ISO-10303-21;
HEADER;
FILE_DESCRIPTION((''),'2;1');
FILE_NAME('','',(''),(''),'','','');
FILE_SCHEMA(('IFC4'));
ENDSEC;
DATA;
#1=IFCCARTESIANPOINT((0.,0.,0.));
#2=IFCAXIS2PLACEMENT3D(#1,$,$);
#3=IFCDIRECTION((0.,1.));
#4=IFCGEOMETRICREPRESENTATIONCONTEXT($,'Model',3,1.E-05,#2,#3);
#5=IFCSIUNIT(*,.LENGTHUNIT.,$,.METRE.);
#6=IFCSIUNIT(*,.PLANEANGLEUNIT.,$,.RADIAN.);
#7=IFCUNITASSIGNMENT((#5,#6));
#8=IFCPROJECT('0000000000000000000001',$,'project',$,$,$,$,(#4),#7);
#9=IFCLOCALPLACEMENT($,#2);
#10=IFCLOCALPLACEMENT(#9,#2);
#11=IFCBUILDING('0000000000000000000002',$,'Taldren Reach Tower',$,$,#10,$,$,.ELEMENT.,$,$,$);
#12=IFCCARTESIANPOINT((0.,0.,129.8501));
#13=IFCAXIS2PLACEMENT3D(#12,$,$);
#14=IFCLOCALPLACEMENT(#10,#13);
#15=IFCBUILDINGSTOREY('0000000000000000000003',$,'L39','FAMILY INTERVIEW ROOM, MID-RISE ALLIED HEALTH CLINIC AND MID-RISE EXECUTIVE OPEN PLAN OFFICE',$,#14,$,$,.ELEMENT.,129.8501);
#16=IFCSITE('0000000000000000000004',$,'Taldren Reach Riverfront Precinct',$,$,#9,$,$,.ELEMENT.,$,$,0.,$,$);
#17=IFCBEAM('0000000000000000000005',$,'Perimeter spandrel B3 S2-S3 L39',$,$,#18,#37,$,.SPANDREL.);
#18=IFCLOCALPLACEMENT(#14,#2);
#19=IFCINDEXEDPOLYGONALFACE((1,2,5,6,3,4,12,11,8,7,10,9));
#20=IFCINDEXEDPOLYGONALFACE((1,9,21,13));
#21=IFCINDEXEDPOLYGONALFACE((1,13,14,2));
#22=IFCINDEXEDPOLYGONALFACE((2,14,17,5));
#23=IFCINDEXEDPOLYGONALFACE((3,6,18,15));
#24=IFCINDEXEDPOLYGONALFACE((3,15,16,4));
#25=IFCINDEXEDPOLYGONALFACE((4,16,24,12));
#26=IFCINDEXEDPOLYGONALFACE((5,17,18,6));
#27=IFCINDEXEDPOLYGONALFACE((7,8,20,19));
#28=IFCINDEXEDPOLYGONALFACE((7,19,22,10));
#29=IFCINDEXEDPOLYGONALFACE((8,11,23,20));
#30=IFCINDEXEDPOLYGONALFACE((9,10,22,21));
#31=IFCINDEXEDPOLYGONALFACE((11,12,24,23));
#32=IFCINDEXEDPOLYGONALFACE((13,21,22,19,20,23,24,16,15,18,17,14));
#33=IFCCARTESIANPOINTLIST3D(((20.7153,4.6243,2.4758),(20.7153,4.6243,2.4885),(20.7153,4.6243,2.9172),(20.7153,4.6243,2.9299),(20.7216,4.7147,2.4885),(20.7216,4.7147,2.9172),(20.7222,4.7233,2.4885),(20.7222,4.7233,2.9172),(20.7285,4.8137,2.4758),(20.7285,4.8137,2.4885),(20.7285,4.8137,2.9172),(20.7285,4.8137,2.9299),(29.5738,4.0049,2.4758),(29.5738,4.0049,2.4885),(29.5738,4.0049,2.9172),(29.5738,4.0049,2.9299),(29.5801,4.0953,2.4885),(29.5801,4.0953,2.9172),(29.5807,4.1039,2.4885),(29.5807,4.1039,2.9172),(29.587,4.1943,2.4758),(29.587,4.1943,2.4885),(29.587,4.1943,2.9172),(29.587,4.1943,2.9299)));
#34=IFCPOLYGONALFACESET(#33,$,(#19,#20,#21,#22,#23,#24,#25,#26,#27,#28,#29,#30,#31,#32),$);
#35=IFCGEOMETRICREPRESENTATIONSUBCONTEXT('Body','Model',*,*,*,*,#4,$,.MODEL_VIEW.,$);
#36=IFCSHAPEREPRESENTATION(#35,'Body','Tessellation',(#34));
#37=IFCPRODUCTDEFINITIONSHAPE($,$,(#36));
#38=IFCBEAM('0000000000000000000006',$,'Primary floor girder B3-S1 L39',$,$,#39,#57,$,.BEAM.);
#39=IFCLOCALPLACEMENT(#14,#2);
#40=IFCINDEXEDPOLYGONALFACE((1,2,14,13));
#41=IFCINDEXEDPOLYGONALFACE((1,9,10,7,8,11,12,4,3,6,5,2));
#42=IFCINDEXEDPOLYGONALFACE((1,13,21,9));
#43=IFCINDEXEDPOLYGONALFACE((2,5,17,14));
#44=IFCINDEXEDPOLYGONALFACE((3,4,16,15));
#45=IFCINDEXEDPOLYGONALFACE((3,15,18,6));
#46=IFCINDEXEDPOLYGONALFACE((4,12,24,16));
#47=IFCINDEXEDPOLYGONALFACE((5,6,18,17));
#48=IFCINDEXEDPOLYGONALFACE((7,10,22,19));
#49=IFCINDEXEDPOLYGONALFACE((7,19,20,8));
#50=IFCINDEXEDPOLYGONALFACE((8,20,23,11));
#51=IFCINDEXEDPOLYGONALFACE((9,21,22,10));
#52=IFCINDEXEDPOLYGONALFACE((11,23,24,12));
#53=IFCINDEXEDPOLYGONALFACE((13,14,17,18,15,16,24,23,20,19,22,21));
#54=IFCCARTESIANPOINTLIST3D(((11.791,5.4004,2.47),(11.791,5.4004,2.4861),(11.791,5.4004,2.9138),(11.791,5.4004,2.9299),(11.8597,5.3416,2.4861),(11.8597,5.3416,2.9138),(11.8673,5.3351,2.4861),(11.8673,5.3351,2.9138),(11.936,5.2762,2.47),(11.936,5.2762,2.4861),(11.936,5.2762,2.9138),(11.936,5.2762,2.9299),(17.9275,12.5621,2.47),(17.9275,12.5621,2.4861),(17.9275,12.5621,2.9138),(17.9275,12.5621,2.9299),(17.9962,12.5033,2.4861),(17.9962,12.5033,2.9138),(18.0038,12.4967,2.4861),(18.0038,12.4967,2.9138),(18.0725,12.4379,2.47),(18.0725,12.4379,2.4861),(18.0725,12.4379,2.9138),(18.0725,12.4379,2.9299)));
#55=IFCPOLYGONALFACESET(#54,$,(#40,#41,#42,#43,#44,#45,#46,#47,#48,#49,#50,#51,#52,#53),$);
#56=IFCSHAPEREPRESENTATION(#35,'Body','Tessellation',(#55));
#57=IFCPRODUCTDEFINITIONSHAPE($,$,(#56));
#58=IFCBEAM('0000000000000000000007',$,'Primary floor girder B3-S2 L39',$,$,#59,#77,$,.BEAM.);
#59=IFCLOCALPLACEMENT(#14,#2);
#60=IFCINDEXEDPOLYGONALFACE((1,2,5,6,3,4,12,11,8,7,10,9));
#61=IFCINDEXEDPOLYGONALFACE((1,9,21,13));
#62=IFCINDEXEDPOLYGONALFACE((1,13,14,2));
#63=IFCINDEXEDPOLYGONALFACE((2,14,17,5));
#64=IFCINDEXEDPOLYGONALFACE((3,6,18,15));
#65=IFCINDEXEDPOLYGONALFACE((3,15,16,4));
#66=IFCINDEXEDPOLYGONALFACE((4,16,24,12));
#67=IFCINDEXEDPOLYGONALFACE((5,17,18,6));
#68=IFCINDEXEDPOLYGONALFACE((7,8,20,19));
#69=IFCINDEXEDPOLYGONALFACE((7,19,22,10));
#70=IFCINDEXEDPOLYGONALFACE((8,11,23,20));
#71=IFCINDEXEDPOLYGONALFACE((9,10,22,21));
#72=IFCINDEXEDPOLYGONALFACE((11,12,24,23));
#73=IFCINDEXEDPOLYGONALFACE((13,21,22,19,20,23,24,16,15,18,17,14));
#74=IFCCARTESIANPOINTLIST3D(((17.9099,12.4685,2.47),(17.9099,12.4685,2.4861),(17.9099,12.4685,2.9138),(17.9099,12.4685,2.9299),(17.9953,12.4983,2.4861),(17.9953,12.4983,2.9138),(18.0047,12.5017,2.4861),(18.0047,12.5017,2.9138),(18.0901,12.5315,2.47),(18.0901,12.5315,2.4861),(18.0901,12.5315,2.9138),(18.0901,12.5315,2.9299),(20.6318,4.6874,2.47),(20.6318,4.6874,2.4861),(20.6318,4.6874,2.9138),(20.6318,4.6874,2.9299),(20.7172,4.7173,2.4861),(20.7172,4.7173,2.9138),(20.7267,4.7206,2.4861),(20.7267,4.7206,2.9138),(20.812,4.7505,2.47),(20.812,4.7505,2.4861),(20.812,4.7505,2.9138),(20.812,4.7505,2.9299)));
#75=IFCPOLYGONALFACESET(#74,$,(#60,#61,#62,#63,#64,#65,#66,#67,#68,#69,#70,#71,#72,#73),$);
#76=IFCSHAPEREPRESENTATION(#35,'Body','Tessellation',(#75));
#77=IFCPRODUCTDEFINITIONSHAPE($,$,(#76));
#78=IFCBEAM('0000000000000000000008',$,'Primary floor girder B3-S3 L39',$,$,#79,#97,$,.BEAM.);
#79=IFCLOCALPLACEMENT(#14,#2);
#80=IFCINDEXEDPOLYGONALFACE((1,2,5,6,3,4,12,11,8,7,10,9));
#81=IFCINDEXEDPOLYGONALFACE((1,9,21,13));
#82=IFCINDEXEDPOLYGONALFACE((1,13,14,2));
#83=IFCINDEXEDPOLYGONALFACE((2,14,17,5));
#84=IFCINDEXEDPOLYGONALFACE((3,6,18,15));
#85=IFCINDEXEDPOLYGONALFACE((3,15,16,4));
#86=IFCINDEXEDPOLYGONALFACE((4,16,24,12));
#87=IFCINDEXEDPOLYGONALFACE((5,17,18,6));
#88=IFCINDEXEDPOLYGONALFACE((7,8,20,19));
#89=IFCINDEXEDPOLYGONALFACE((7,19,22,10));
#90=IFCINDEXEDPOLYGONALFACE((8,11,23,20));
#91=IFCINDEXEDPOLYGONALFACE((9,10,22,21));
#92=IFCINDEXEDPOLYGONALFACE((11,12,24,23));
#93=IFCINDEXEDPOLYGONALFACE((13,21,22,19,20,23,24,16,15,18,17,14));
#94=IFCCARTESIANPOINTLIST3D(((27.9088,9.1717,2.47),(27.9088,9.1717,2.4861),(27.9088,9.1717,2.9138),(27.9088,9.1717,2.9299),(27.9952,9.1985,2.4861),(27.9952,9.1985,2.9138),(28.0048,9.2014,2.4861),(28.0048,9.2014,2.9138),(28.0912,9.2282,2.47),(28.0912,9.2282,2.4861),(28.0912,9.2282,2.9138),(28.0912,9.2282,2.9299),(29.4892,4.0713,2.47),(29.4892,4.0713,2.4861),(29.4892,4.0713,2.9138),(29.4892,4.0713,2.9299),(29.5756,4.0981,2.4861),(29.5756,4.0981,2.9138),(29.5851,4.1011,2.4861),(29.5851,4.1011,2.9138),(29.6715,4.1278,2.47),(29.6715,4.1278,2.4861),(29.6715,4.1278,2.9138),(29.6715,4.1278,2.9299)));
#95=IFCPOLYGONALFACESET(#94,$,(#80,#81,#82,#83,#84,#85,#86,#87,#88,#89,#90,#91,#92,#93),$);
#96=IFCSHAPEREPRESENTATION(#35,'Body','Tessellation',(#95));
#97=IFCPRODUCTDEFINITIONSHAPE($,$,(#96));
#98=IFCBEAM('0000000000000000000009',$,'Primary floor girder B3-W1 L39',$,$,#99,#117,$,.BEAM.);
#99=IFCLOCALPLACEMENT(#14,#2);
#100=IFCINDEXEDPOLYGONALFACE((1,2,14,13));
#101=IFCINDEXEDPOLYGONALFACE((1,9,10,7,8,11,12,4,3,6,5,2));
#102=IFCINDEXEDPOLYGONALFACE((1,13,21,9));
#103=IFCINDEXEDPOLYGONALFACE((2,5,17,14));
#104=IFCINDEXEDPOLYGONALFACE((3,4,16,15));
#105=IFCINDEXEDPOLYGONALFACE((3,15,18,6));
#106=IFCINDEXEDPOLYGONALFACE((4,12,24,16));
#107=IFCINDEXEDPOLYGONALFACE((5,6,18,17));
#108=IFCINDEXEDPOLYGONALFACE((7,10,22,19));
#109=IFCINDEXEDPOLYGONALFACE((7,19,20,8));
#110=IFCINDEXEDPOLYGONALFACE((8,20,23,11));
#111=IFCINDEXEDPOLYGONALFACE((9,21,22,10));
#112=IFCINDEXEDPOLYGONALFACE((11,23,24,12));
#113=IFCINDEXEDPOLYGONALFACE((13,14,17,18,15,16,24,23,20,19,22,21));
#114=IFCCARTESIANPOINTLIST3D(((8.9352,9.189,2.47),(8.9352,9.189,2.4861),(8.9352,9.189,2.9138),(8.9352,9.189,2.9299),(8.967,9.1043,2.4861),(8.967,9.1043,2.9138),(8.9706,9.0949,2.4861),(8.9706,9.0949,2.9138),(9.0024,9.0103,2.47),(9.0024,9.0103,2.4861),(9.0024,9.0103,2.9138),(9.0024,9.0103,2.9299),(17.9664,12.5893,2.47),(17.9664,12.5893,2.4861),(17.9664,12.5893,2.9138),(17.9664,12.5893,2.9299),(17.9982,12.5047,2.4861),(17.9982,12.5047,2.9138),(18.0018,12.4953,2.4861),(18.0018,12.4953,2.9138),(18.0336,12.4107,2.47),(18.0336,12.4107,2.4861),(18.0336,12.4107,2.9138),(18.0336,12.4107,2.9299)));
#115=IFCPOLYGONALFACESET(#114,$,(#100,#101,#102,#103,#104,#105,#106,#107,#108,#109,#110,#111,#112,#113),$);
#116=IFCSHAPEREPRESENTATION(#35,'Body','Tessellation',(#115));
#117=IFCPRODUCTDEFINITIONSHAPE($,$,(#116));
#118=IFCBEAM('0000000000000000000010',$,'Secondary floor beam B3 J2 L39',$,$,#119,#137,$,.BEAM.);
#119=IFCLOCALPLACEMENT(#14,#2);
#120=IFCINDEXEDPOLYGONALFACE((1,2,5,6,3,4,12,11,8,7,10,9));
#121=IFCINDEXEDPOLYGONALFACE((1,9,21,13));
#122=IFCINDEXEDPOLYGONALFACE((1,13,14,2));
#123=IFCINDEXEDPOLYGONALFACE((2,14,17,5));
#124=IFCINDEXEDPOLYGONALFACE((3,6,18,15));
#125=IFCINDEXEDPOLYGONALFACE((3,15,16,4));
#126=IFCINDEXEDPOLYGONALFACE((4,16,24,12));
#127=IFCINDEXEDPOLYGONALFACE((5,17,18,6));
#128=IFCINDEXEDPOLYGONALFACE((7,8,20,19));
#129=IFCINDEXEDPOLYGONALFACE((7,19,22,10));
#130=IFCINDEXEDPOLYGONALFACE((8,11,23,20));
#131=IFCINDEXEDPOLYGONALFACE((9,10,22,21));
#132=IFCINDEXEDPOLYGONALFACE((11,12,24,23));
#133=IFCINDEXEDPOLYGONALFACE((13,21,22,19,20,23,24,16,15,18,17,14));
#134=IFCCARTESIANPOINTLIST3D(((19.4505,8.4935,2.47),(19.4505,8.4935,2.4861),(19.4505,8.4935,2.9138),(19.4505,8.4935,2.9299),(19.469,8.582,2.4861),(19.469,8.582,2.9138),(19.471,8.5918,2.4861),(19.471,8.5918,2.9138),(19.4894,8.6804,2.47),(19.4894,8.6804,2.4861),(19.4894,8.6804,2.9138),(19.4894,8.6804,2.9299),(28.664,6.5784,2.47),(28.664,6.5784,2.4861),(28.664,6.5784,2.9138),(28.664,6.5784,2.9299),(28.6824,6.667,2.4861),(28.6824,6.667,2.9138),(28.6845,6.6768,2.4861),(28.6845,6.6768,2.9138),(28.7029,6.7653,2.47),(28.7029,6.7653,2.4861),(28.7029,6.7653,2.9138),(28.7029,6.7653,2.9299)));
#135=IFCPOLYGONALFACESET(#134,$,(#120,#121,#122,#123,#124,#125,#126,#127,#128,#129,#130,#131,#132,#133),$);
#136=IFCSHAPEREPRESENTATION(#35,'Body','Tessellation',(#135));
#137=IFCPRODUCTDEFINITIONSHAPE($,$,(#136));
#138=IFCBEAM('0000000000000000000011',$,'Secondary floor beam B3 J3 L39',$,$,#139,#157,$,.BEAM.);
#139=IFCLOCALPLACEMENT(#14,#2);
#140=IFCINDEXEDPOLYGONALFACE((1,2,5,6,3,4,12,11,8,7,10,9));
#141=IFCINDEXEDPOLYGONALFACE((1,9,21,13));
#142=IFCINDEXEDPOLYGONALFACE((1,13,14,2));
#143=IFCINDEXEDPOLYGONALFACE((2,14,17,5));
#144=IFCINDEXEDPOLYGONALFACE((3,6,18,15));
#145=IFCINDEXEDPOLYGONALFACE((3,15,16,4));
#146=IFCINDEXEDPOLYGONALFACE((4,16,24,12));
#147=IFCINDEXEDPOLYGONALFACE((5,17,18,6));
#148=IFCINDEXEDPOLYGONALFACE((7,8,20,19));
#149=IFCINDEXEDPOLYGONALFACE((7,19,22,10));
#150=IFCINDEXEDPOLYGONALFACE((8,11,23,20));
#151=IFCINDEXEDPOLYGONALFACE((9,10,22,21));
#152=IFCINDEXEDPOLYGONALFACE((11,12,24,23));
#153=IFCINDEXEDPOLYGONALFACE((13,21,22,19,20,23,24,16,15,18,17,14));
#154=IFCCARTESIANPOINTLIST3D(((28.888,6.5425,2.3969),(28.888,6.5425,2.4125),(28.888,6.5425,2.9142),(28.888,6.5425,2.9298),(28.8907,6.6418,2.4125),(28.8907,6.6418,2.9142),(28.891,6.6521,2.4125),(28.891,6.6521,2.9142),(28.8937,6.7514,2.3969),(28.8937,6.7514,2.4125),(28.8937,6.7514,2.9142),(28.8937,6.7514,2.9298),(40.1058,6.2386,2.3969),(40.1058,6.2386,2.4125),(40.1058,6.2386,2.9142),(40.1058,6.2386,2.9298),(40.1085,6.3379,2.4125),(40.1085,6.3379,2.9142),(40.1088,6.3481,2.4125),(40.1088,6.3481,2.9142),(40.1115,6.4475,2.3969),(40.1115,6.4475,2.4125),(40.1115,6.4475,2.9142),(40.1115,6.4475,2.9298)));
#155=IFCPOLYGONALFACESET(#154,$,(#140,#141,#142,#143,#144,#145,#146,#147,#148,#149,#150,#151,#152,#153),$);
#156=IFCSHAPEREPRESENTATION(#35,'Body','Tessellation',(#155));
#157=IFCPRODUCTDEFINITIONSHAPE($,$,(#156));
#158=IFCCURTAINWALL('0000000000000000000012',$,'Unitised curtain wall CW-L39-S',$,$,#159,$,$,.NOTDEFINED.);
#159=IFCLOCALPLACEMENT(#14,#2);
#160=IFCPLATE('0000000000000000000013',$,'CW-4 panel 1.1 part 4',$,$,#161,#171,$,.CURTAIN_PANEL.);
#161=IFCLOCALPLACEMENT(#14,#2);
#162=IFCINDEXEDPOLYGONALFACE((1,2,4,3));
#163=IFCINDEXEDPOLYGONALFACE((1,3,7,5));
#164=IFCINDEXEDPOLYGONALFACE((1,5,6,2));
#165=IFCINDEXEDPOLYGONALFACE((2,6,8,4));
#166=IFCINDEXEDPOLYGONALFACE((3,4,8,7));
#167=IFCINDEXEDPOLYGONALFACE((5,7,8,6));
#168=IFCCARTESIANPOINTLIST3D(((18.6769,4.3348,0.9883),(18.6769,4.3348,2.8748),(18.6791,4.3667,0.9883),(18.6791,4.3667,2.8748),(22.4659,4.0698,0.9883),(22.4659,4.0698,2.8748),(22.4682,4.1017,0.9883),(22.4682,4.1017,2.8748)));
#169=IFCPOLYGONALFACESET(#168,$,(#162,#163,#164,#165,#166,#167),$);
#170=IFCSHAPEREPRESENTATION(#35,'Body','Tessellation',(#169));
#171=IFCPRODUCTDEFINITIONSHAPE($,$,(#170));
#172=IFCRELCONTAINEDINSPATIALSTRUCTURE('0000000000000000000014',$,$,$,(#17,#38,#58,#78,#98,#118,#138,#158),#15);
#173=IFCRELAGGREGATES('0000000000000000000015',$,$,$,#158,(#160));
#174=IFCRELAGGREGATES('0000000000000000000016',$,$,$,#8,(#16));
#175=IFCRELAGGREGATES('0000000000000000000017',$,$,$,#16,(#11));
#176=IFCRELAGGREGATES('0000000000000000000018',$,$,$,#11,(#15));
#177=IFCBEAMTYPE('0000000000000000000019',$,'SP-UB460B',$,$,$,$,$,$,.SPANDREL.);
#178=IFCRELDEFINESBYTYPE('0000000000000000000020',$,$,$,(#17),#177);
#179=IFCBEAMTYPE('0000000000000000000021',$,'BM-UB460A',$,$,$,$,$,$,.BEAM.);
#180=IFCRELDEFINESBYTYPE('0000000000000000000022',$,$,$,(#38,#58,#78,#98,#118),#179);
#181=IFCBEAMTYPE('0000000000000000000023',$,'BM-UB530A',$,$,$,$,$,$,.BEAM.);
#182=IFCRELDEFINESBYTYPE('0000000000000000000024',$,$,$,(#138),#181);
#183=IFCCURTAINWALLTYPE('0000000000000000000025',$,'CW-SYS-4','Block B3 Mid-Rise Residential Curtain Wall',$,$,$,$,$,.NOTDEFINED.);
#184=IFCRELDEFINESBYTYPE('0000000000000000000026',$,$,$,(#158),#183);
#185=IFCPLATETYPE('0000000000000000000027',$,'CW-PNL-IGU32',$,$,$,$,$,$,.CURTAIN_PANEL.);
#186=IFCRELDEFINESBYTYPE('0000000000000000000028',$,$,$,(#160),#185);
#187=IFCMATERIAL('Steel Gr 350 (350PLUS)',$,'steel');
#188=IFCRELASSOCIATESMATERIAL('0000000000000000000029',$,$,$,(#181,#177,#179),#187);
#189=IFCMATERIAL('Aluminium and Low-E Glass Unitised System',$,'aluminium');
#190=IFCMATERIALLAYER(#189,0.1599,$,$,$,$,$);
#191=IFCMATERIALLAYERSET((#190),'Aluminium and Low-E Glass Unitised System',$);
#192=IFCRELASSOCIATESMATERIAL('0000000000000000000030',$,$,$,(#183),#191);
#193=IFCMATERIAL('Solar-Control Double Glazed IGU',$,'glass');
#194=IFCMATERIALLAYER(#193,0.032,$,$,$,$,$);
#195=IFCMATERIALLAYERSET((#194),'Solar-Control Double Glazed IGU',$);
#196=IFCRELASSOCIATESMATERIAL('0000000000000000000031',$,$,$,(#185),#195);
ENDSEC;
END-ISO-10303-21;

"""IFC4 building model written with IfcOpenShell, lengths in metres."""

from ifc_helpers import new_model, si_unit, direction, frame, origin, origin_2d, place, context, subcontext, project, spatial, rectangle, i_section, extrude, source, transform, mapped, material, layer, layer_set, material_profile, profile_set, type_object, element, aggregate, save


model = new_model("IFC4")

# Units and contexts
model_context = context("Model", 3, precision=1e-05, world=origin(), true_north=direction((0.0, 1.0)))
body_context = subcontext(model_context, "Body", "Model", "MODEL_VIEW")
ifc_project = project(units=[si_unit("LENGTHUNIT", "METRE"), si_unit("PLANEANGLEUNIT", "RADIAN")], contexts=[model_context])

# Site, building, storey
site_placement = place(None, origin())
site = spatial("IfcSite", under=ifc_project, at=site_placement, Name="Taldren Reach Riverfront Precinct", CompositionType="ELEMENT", RefElevation=0.0)
building_placement = place(site_placement, origin())
building = spatial("IfcBuilding", under=site, at=building_placement, Name="Taldren Reach Tower", CompositionType="ELEMENT")
storey_placement = place(building_placement, frame((0.0, 0.0, 129.8501)))
storey = spatial("IfcBuildingStorey", under=building, at=storey_placement, Name="L39", Description="FAMILY INTERVIEW ROOM, MID-RISE ALLIED HEALTH CLINIC AND MID-RISE EXECUTIVE OPEN PLAN OFFICE", CompositionType="ELEMENT", Elevation=129.8501)

# Shared definitions
ifc_material_1 = material(Name="Steel Gr 350 (350PLUS)", Category="steel")

# Shared definitions
ifc_material_profile_1 = material_profile(ifc_material_1, i_section(OverallWidth=0.209, OverallDepth=0.533, WebThickness=0.0103, FlangeThickness=0.0156, at=origin_2d()), Name="530UB92.4")
ifc_profile_set_1 = profile_set([ifc_material_profile_1], Name="Steel Gr 350 (350PLUS)")
beam_type_1 = type_object("IfcBeamType", Name="BM-UB530A", PredefinedType="BEAM", material=ifc_profile_set_1)

# Beams
ifc_material_profile_2 = material_profile(ifc_material_1, i_section(OverallWidth=0.1899, OverallDepth=0.4541, WebThickness=0.0085, FlangeThickness=0.0127, at=origin_2d()), Name="460UB67.1")
ifc_profile_set_2 = profile_set([ifc_material_profile_2], Name="Steel Gr 350 (350PLUS)")
beam_type_2 = type_object("IfcBeamType", Name="SP-UB460B", PredefinedType="SPANDREL", material=ifc_profile_set_2)
shared_shape_1 = source(origin(), body_context, "Body", "SweptSolid", [
    extrude(i_section(OverallWidth=0.1899, OverallDepth=0.4541, WebThickness=0.0085, FlangeThickness=0.0127, at=origin_2d()), origin(), (0.0, 0.0, 1.0), 8.8801),
])
beam_1_placement = place(storey_placement, frame((20.7219, 4.719, 2.7029), z_axis=(0.997564, -0.06975, 0.0), x_axis=(0.06975, 0.997564, 0.0)))
element("IfcBeam", 1, at=beam_1_placement, inside=storey, type_object=beam_type_2, Name="Perimeter spandrel B3 S2-S3 L39", PredefinedType="SPANDREL", context=body_context, shape_type="MappedRepresentation", body=[
    mapped(shared_shape_1, transform((0.0, 0.0, 0.0), scale=1.0)),
])
ifc_material_profile_3 = material_profile(ifc_material_1, i_section(OverallWidth=0.1909, OverallDepth=0.46, WebThickness=0.01, FlangeThickness=0.0161, at=origin_2d()), Name="460UB82.1")
ifc_profile_set_3 = profile_set([ifc_material_profile_3], Name="Steel Gr 350 (350PLUS)")
beam_type_3 = type_object("IfcBeamType", Name="BM-UB460A", PredefinedType="BEAM", material=ifc_profile_set_3)
shared_shape_2 = source(origin(), body_context, "Body", "SweptSolid", [
    extrude(i_section(OverallWidth=0.1909, OverallDepth=0.46, WebThickness=0.01, FlangeThickness=0.0161, at=origin_2d()), origin(), (0.0, 0.0, 1.0), 9.4312),
])
beam_2_placement = place(storey_placement, frame((18.0, 12.5, 2.7), z_axis=(-0.650666, -0.759364, 0.0), x_axis=(0.759364, -0.650666, 0.0)))
element("IfcBeam", 2, at=beam_2_placement, inside=storey, type_object=beam_type_3, Name="Primary floor girder B3-S1 L39", PredefinedType="BEAM", context=body_context, shape_type="MappedRepresentation", body=[
    mapped(shared_shape_2, transform((0.0, 0.0, 0.0), scale=1.0)),
])
shared_shape_3 = source(origin(), body_context, "Body", "SweptSolid", [
    extrude(i_section(OverallWidth=0.1909, OverallDepth=0.46, WebThickness=0.01, FlangeThickness=0.0161, at=origin_2d()), origin(), (0.0, 0.0, 1.0), 8.2434),
])
beam_3_placement = place(storey_placement, frame((18.0, 12.5, 2.7), z_axis=(0.330196, -0.943912, 0.0), x_axis=(0.943912, 0.330196, 0.0)))
element("IfcBeam", 3, at=beam_3_placement, inside=storey, type_object=beam_type_3, Name="Primary floor girder B3-S2 L39", PredefinedType="BEAM", context=body_context, shape_type="MappedRepresentation", body=[
    mapped(shared_shape_3, transform((0.0, 0.0, 0.0), scale=1.0)),
])
shared_shape_4 = source(origin(), body_context, "Body", "SweptSolid", [
    extrude(i_section(OverallWidth=0.1909, OverallDepth=0.46, WebThickness=0.01, FlangeThickness=0.0161, at=origin_2d()), origin(), (0.0, 0.0, 1.0), 5.3396),
])
beam_4_placement = place(storey_placement, frame((28.0, 9.2, 2.7), z_axis=(0.295965, -0.955199, 0.0), x_axis=(0.955199, 0.295965, 0.0)))
element("IfcBeam", 4, at=beam_4_placement, inside=storey, type_object=beam_type_3, Name="Primary floor girder B3-S3 L39", PredefinedType="BEAM", context=body_context, shape_type="MappedRepresentation", body=[
    mapped(shared_shape_4, transform((0.0, 0.0, 0.0), scale=1.0)),
])
shared_shape_5 = source(origin(), body_context, "Body", "SweptSolid", [
    extrude(i_section(OverallWidth=0.1909, OverallDepth=0.46, WebThickness=0.01, FlangeThickness=0.0161, at=origin_2d()), origin(), (0.0, 0.0, 1.0), 9.6501),
])
beam_5_placement = place(storey_placement, frame((18.0, 12.5, 2.7), z_axis=(-0.935863, -0.352365, 0.0), x_axis=(0.352365, -0.935863, 0.0)))
element("IfcBeam", 5, at=beam_5_placement, inside=storey, type_object=beam_type_3, Name="Primary floor girder B3-W1 L39", PredefinedType="BEAM", context=body_context, shape_type="MappedRepresentation", body=[
    mapped(shared_shape_5, transform((0.0, 0.0, 0.0), scale=1.0)),
])
shared_shape_6 = source(origin(), body_context, "Body", "SweptSolid", [
    extrude(i_section(OverallWidth=0.1909, OverallDepth=0.46, WebThickness=0.01, FlangeThickness=0.0161, at=origin_2d()), origin(), (0.0, 0.0, 1.0), 9.4104),
])
beam_6_placement = place(storey_placement, frame((19.47, 8.5869, 2.7), z_axis=(0.979074, -0.203505, 0.0), x_axis=(0.203505, 0.979074, 0.0)))
element("IfcBeam", 6, at=beam_6_placement, inside=storey, type_object=beam_type_3, Name="Secondary floor beam B3 J2 L39", PredefinedType="BEAM", context=body_context, shape_type="MappedRepresentation", body=[
    mapped(shared_shape_6, transform((0.0, 0.0, 0.0), scale=1.0)),
])
shared_shape_7 = source(origin(), body_context, "Body", "SweptSolid", [
    extrude(i_section(OverallWidth=0.209, OverallDepth=0.533, WebThickness=0.0103, FlangeThickness=0.0156, at=origin_2d()), origin(), (0.0, 0.0, 1.0), 11.2219),
])
beam_7_placement = place(storey_placement, frame((28.8909, 6.647, 2.6633), z_axis=(0.999633, -0.027086, 0.0), x_axis=(0.027086, 0.999633, 0.0)))
element("IfcBeam", 7, at=beam_7_placement, inside=storey, type_object=beam_type_1, Name="Secondary floor beam B3 J3 L39", PredefinedType="BEAM", context=body_context, shape_type="MappedRepresentation", body=[
    mapped(shared_shape_7, transform((0.0, 0.0, 0.0), scale=1.0)),
])

# Curtain wall, plate
ifc_material_2 = material(Name="Aluminium and Low-E Glass Unitised System", Category="aluminium")
ifc_layer_1 = layer(ifc_material_2, 0.1599)
ifc_layer_set_1 = layer_set([ifc_layer_1], Name="Aluminium and Low-E Glass Unitised System")
curtain_wall_type = type_object("IfcCurtainWallType", Name="CW-SYS-4", Description="Block B3 Mid-Rise Residential Curtain Wall", PredefinedType="NOTDEFINED", material=ifc_layer_set_1)
curtain_wall_placement = place(storey_placement, origin())
curtain_wall = element("IfcCurtainWall", 8, at=curtain_wall_placement, inside=storey, type_object=curtain_wall_type, Name="Unitised curtain wall CW-L39-S", PredefinedType="NOTDEFINED")
ifc_material_3 = material(Name="Solar-Control Double Glazed IGU", Category="glass")
ifc_layer_2 = layer(ifc_material_3, 0.032)
ifc_layer_set_2 = layer_set([ifc_layer_2], Name="Solar-Control Double Glazed IGU")
plate_type = type_object("IfcPlateType", Name="CW-PNL-IGU32", PredefinedType="CURTAIN_PANEL", material=ifc_layer_set_2)
shared_shape_8 = source(origin(), body_context, "Body", "SweptSolid", [
    extrude(rectangle(XDim=3.7983, YDim=0.032, at=origin_2d()), origin(), (0.0, 0.0, 1.0), 1.8865),
])
plate_1_placement = place(storey_placement, frame((20.5725, 4.2183, 0.9883), z_axis=(0.0, 0.0, 1.0), x_axis=(0.997564, -0.069757, 0.0)))
plate_1 = element("IfcPlate", 9, at=plate_1_placement, type_object=plate_type, Name="CW-4 panel 1.1 part 4", PredefinedType="CURTAIN_PANEL", context=body_context, shape_type="MappedRepresentation", body=[
    mapped(shared_shape_8, transform((0.0, 0.0, 0.0), scale=1.0)),
])
aggregate(curtain_wall, [plate_1])

save(model, "model.ifc")
